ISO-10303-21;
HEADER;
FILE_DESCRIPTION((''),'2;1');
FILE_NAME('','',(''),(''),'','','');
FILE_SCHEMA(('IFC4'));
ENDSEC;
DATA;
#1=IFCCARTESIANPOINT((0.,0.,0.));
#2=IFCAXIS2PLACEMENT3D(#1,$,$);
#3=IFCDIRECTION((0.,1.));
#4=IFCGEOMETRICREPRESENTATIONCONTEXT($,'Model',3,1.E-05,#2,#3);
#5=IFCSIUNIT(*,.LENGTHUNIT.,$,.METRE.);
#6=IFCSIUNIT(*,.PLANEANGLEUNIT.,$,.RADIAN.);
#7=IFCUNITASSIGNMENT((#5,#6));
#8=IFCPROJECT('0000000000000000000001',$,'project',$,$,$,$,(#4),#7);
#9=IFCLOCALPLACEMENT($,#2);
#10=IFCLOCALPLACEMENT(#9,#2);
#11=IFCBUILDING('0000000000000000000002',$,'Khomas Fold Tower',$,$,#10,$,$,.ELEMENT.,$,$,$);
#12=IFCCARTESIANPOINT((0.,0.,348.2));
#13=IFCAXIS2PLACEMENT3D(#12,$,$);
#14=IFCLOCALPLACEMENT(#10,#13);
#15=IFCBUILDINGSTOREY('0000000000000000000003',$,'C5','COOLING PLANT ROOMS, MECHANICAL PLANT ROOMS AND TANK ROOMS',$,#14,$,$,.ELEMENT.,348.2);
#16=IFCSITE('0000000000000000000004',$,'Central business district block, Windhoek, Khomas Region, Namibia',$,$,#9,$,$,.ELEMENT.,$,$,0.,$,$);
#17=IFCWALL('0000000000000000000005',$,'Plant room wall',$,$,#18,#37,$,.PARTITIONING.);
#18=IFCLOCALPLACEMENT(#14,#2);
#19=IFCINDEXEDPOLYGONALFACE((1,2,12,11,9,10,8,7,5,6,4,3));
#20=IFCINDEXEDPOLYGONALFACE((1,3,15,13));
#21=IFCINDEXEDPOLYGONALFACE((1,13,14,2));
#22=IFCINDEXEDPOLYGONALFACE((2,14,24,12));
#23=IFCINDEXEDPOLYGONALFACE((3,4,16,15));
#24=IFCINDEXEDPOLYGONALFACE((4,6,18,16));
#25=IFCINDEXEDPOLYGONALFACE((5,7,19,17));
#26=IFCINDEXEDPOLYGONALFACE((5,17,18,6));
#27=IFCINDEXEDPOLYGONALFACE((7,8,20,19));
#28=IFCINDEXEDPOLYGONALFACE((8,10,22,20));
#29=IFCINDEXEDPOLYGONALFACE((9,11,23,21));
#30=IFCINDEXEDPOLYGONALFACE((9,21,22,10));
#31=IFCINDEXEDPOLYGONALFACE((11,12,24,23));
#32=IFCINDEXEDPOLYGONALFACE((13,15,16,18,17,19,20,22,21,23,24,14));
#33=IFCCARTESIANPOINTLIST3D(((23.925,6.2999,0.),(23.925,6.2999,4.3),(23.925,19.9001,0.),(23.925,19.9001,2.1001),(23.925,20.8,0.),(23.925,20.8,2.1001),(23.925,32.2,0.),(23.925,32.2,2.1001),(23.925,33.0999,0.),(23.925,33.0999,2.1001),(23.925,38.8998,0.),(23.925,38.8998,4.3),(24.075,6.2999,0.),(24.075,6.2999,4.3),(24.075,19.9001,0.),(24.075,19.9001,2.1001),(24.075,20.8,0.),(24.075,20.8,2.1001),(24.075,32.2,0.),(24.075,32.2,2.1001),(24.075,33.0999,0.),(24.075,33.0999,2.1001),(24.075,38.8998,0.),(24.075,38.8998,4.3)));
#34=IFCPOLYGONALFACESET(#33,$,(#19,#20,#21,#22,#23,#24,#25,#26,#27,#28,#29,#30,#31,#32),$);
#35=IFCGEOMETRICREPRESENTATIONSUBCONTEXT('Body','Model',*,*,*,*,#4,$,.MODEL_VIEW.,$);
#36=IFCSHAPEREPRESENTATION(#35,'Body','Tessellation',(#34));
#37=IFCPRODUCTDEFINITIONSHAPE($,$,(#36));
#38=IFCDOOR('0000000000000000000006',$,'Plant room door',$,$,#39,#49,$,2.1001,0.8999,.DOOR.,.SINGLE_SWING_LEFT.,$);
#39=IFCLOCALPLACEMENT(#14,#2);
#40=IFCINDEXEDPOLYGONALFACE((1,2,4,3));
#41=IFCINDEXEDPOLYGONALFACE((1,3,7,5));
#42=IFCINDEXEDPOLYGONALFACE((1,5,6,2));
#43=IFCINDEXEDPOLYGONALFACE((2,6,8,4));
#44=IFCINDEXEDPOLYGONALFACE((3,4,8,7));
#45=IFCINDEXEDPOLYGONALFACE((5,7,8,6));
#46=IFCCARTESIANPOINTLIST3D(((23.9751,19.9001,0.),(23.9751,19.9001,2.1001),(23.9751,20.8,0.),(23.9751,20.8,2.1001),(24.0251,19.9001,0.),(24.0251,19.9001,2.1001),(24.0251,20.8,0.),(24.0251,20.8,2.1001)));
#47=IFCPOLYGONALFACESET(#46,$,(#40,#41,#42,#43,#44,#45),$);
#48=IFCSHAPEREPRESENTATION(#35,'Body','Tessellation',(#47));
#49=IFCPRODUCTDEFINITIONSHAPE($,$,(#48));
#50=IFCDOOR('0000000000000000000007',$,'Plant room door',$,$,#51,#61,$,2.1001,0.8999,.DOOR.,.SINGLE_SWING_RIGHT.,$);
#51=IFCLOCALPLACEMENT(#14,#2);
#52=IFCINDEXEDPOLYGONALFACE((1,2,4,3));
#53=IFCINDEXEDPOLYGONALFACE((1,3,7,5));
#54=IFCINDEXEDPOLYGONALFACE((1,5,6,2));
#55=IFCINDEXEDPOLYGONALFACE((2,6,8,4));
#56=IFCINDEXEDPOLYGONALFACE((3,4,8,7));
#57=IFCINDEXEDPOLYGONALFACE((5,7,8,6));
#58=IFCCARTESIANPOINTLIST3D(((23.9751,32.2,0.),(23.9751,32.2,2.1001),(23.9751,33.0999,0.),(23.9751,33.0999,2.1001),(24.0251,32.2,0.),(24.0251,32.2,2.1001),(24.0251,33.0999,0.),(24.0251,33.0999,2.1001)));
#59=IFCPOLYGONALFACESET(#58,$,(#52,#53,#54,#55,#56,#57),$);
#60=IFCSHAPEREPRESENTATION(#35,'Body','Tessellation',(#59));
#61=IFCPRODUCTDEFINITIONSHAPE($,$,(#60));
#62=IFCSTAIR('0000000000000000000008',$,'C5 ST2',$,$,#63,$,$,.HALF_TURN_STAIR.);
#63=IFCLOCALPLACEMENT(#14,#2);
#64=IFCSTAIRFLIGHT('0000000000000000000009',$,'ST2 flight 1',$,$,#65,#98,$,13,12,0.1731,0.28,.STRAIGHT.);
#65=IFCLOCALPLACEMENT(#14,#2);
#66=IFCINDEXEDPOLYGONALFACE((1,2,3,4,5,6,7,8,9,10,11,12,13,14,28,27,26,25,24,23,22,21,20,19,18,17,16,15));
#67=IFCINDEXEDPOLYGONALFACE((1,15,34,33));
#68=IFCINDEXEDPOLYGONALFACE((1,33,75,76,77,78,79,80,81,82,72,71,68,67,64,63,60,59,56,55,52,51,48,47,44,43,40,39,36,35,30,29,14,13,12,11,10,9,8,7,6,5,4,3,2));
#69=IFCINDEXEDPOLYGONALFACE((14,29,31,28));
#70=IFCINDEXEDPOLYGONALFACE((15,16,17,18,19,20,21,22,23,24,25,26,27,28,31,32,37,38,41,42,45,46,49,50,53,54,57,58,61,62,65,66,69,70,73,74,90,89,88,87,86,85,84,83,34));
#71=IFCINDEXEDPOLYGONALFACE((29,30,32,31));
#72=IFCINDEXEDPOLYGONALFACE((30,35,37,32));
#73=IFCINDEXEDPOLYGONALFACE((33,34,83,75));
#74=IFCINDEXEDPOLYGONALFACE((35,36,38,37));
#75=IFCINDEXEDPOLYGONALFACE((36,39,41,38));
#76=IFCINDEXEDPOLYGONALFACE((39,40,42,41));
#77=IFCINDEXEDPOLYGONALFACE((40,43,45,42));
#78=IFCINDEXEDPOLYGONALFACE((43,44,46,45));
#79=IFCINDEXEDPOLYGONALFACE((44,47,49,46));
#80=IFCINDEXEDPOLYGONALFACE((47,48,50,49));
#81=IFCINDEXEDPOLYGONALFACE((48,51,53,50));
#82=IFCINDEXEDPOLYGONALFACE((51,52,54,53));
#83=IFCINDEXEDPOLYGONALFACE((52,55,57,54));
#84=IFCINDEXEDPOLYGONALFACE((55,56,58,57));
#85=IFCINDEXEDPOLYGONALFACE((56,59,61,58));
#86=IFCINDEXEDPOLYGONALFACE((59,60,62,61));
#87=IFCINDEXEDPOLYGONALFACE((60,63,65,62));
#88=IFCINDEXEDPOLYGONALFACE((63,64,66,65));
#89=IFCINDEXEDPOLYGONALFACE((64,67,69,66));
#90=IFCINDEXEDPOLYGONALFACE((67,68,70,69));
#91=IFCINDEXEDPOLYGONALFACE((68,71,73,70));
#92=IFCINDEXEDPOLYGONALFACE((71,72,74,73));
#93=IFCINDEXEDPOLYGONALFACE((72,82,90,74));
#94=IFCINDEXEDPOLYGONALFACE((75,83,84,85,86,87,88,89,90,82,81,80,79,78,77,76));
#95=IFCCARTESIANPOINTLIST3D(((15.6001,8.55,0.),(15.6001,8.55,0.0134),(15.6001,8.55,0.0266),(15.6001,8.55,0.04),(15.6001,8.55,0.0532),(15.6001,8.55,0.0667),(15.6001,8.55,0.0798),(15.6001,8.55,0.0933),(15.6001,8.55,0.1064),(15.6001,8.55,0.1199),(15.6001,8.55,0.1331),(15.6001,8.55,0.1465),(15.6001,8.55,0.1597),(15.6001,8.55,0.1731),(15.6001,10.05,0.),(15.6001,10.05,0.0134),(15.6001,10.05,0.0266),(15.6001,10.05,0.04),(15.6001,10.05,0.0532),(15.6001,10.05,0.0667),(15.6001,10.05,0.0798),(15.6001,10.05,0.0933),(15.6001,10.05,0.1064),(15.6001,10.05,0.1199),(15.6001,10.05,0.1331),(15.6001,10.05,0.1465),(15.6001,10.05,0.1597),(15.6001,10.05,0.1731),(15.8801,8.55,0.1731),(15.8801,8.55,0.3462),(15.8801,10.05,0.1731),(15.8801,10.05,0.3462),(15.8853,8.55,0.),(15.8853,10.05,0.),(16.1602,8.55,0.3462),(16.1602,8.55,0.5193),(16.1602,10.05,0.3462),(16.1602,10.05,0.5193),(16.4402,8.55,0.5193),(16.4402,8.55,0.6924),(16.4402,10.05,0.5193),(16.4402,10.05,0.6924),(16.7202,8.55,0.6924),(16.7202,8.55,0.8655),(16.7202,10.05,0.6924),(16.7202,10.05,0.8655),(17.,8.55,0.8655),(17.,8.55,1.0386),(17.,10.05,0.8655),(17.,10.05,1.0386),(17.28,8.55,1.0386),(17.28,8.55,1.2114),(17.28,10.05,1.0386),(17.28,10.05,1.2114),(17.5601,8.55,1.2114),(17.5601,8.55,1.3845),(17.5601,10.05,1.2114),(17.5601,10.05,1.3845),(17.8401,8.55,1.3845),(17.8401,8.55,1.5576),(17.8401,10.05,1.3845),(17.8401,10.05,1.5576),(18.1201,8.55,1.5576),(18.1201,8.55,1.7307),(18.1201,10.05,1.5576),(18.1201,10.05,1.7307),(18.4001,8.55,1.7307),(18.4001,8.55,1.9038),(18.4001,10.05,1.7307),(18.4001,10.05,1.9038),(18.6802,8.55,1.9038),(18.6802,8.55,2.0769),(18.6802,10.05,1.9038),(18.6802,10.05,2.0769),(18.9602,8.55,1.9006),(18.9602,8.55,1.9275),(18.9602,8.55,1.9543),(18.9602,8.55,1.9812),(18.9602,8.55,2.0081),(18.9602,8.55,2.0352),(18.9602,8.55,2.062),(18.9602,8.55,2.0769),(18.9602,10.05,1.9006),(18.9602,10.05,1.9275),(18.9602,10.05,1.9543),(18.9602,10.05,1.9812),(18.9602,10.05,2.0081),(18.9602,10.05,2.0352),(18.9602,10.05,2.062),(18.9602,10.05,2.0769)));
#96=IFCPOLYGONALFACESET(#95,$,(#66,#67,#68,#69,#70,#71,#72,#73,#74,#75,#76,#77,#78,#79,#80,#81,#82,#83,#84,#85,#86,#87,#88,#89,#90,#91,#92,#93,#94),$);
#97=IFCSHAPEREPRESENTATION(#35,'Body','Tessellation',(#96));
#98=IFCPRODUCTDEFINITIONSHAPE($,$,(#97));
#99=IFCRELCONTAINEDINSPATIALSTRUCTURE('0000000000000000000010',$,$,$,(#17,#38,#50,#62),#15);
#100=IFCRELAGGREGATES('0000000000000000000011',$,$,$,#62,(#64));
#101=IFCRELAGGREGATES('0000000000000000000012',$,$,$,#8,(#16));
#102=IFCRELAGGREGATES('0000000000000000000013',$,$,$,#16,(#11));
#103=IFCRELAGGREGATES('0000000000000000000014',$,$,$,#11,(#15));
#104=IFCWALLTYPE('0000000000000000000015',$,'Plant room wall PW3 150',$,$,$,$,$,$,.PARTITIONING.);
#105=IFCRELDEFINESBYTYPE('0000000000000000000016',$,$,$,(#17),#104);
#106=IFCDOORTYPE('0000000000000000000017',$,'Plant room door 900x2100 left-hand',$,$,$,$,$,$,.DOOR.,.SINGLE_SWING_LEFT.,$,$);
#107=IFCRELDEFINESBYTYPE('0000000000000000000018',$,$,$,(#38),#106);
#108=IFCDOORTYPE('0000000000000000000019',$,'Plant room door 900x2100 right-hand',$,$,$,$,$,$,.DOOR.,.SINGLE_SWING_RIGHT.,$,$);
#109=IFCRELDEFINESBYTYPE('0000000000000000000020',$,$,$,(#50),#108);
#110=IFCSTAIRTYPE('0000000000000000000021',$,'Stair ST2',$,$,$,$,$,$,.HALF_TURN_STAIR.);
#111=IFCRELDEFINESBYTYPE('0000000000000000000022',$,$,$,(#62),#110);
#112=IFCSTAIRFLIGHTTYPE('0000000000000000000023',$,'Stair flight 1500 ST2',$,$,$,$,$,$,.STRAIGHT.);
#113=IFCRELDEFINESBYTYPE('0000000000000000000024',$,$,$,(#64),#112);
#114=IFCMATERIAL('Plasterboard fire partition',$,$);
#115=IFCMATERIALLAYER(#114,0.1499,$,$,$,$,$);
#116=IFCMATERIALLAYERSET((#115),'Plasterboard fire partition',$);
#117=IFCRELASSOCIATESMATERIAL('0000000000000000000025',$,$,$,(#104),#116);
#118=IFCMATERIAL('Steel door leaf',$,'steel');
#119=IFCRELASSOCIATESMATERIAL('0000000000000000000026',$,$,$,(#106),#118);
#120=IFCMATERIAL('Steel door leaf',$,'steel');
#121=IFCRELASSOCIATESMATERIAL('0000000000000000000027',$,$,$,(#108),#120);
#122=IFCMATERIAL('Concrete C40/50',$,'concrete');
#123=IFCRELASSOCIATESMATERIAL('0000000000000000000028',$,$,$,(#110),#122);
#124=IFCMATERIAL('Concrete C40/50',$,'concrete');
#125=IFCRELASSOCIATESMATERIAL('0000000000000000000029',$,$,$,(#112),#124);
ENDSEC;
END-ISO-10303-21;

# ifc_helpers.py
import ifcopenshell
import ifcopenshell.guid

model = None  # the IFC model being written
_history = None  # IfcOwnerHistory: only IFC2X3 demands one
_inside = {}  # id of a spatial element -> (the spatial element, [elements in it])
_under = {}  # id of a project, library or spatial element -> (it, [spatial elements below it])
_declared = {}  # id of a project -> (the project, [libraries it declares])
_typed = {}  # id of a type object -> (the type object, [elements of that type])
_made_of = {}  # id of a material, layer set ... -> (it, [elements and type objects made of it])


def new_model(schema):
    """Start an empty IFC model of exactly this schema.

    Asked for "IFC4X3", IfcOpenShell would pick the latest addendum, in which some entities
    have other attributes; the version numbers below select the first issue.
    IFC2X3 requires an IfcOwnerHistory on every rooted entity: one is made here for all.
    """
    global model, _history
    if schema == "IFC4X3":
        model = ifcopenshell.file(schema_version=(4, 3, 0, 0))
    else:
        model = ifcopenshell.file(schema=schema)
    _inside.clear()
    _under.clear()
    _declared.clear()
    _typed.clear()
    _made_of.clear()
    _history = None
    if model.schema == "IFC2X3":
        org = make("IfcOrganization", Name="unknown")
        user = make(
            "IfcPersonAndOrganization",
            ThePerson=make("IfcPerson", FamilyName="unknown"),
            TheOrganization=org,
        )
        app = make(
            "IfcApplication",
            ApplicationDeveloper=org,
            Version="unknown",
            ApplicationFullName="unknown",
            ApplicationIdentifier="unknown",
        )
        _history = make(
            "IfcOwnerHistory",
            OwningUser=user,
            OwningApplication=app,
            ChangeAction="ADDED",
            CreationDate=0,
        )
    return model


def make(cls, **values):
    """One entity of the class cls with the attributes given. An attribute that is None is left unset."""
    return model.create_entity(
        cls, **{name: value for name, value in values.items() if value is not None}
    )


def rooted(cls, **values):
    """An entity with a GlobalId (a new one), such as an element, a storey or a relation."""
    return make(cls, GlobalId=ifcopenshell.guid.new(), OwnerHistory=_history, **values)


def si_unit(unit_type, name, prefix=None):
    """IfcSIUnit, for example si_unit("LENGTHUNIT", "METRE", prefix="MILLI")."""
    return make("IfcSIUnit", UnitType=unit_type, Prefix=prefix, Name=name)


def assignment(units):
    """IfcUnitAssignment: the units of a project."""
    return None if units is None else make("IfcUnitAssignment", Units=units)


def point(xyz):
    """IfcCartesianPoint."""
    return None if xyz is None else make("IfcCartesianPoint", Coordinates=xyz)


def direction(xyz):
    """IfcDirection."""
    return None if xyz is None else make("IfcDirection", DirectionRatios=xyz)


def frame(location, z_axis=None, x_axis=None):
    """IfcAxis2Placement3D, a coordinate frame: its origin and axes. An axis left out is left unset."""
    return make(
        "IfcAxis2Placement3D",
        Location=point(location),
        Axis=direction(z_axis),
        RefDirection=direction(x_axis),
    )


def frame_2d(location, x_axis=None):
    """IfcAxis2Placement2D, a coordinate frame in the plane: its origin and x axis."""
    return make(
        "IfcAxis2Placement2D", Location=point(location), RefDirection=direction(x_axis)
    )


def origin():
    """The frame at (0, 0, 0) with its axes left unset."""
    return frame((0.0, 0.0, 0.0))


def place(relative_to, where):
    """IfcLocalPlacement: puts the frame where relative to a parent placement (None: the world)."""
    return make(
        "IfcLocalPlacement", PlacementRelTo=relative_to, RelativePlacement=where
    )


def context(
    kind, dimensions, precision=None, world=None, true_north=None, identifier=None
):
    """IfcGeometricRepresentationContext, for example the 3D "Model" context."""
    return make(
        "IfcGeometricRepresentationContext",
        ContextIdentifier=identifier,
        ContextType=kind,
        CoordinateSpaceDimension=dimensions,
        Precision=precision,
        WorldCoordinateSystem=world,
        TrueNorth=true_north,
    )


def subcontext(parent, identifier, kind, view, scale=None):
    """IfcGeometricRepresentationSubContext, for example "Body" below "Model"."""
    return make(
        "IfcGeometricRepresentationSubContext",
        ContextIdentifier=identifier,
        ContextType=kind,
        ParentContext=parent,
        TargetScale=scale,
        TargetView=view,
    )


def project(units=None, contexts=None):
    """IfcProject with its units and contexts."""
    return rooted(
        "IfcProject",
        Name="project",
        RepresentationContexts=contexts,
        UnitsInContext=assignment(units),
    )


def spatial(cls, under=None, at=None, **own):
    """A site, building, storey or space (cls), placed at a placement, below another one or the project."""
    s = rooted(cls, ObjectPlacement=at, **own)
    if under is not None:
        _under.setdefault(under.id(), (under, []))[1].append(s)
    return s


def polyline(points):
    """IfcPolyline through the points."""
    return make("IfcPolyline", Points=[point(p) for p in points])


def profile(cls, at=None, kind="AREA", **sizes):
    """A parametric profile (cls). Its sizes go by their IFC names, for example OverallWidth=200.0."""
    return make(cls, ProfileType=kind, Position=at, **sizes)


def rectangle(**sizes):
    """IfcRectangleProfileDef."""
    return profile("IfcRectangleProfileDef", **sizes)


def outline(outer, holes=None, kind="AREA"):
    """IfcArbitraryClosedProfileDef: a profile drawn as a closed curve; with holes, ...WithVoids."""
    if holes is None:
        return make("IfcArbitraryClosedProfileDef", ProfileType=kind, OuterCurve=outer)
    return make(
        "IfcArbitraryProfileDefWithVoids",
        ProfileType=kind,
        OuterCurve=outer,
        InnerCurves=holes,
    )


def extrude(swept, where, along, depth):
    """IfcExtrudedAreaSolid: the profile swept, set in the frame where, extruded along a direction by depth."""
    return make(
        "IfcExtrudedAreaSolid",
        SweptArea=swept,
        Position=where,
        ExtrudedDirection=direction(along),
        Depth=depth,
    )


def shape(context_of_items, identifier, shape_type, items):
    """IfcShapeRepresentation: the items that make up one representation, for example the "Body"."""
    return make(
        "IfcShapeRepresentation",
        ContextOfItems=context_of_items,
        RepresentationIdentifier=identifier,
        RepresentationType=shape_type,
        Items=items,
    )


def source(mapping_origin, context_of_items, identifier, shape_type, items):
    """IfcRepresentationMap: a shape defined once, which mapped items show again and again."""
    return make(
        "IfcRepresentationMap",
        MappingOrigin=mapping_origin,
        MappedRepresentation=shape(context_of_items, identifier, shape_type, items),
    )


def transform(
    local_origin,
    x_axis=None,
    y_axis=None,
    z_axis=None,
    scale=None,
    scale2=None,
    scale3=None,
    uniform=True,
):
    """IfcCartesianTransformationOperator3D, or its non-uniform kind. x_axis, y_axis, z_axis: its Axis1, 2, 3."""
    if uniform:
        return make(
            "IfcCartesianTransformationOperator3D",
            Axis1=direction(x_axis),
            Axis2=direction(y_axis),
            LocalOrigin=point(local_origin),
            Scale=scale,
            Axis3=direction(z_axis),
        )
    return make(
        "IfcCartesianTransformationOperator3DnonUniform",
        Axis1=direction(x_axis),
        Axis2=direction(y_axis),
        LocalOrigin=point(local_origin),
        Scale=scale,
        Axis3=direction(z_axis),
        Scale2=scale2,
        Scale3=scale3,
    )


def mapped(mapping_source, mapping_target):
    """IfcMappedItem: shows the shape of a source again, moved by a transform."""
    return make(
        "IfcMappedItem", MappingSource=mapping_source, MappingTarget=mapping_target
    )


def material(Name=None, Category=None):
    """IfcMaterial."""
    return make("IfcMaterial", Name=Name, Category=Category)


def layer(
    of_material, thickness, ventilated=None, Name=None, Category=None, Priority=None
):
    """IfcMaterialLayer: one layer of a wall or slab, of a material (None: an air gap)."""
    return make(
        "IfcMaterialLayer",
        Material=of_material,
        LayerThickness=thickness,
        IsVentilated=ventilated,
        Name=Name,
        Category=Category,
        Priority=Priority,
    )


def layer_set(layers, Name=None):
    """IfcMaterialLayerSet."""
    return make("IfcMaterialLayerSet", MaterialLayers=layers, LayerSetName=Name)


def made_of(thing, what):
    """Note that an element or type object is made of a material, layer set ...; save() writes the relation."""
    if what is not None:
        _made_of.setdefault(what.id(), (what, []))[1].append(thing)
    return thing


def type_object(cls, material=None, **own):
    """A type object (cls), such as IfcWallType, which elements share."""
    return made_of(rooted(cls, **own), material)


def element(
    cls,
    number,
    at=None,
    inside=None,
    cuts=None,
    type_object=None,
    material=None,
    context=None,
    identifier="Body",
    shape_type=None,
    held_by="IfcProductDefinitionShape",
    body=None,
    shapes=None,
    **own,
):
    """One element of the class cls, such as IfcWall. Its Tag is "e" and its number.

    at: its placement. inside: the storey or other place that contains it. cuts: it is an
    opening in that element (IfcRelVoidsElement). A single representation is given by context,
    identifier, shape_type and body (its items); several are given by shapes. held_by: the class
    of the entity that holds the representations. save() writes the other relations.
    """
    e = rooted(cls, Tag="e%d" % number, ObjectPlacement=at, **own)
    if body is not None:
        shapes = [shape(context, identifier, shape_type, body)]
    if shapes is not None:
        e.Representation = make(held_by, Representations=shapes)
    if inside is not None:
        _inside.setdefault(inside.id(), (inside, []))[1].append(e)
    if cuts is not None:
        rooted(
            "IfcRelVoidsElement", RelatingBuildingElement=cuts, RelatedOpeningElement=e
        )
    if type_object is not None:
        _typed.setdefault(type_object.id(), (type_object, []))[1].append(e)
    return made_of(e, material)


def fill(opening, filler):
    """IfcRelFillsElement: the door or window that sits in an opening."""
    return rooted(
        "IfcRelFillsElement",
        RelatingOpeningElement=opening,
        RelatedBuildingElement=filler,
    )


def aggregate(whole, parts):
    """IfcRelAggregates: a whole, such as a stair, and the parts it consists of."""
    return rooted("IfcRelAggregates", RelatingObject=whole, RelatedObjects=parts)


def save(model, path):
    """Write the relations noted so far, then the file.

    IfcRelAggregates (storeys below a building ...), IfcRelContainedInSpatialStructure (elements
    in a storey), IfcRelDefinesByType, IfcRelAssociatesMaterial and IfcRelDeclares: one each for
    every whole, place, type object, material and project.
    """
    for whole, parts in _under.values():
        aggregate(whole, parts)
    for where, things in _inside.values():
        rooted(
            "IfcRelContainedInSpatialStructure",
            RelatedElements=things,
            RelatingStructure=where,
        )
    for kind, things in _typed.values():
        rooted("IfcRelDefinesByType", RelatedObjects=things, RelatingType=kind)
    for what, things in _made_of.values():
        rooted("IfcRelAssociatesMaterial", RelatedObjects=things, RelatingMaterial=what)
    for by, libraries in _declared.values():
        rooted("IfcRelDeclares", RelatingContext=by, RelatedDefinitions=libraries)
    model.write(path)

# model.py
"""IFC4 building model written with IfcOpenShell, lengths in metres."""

from ifc_helpers import new_model, si_unit, direction, frame, frame_2d, origin, place, context, subcontext, project, spatial, polyline, rectangle, outline, extrude, source, transform, mapped, material, layer, layer_set, type_object, element, fill, aggregate, save


model = new_model("IFC4")

# Units and contexts
model_context = context("Model", 3, precision=1e-05, world=origin(), true_north=direction((0.0, 1.0)))
body_context = subcontext(model_context, "Body", "Model", "MODEL_VIEW")
ifc_project = project(units=[si_unit("LENGTHUNIT", "METRE"), si_unit("PLANEANGLEUNIT", "RADIAN")], contexts=[model_context])

# Site, building, storey
site_placement = place(None, origin())
site = spatial("IfcSite", under=ifc_project, at=site_placement, Name="Central business district block, Windhoek, Khomas Region, Namibia", CompositionType="ELEMENT", RefElevation=0.0)
building_placement = place(site_placement, origin())
building = spatial("IfcBuilding", under=site, at=building_placement, Name="Khomas Fold Tower", CompositionType="ELEMENT")
storey_placement = place(building_placement, frame((0.0, 0.0, 348.2)))
storey = spatial("IfcBuildingStorey", under=building, at=storey_placement, Name="C5", Description="COOLING PLANT ROOMS, MECHANICAL PLANT ROOMS AND TANK ROOMS", CompositionType="ELEMENT", Elevation=348.2)

# Wall, openings, doors
ifc_material_1 = material(Name="Plasterboard fire partition")
ifc_layer_1 = layer(ifc_material_1, 0.1499)
ifc_layer_set_1 = layer_set([ifc_layer_1], Name="Plasterboard fire partition")
wall_type_1 = type_object("IfcWallType", Name="Plant room wall PW3 150", PredefinedType="PARTITIONING", material=ifc_layer_set_1)
shared_shape_1 = source(origin(), body_context, "Body", "SweptSolid", [
    extrude(rectangle(XDim=32.5999, YDim=0.1499, at=frame_2d((16.2998, 0.0))), origin(), (0.0, 0.0, 1.0), 4.3),
])
wall_1_placement = place(storey_placement, frame((24.0, 6.3, 0.0), z_axis=(0.0, 0.0, 1.0), x_axis=(0.0, 1.0, 0.0)))
wall_1 = element("IfcWall", 1, at=wall_1_placement, inside=storey, type_object=wall_type_1, Name="Plant room wall", PredefinedType="PARTITIONING", context=body_context, shape_type="MappedRepresentation", body=[
    mapped(shared_shape_1, transform((0.0, 0.0, 0.0))),
])
shared_shape_2 = source(origin(), body_context, "Body", "SweptSolid", [
    extrude(rectangle(XDim=0.8999, YDim=2.1001, at=frame_2d((0.45, 1.05))), frame((0.0, 0.085, 0.0), z_axis=(0.0, -1.0, 0.0), x_axis=(1.0, 0.0, 0.0)), (0.0, 0.0, 1.0), 0.1699),
])
opening_1_placement = place(wall_1_placement, frame((13.6001, 0.0, 0.0)))
opening_1 = element("IfcOpeningElement", 2, at=opening_1_placement, cuts=wall_1, PredefinedType="OPENING", context=body_context, shape_type="MappedRepresentation", body=[
    mapped(shared_shape_2, transform((0.0, 0.0, 0.0))),
])
opening_2_placement = place(wall_1_placement, frame((25.8999, 0.0, 0.0)))
opening_2 = element("IfcOpeningElement", 3, at=opening_2_placement, cuts=wall_1, PredefinedType="OPENING", context=body_context, shape_type="MappedRepresentation", body=[
    mapped(shared_shape_2, transform((0.0, 0.0, 0.0))),
])
ifc_material_2 = material(Name="Steel door leaf", Category="steel")
door_type_1 = type_object("IfcDoorType", Name="Plant room door 900x2100 left-hand", OperationType="SINGLE_SWING_LEFT", PredefinedType="DOOR", material=ifc_material_2)
shared_shape_3 = source(origin(), body_context, "Body", "SweptSolid", [
    extrude(rectangle(XDim=0.8999, YDim=2.1001, at=frame_2d((0.45, 1.05))), frame((0.0, 0.0249, 0.0), z_axis=(0.0, -1.0, 0.0), x_axis=(1.0, 0.0, 0.0)), (0.0, 0.0, 1.0), 0.05),
])
door_1_placement = place(opening_1_placement, origin())
door_1 = element("IfcDoor", 4, at=door_1_placement, inside=storey, type_object=door_type_1, Name="Plant room door", OperationType="SINGLE_SWING_LEFT", OverallHeight=2.1001, OverallWidth=0.8999, PredefinedType="DOOR", context=body_context, shape_type="MappedRepresentation", body=[
    mapped(shared_shape_3, transform((0.0, 0.0, 0.0))),
])
fill(opening_1, door_1)
ifc_material_3 = material(Name="Steel door leaf", Category="steel")
door_type_2 = type_object("IfcDoorType", Name="Plant room door 900x2100 right-hand", OperationType="SINGLE_SWING_RIGHT", PredefinedType="DOOR", material=ifc_material_3)
door_2_placement = place(opening_2_placement, origin())
door_2 = element("IfcDoor", 5, at=door_2_placement, inside=storey, type_object=door_type_2, Name="Plant room door", OperationType="SINGLE_SWING_RIGHT", OverallHeight=2.1001, OverallWidth=0.8999, PredefinedType="DOOR", context=body_context, shape_type="MappedRepresentation", body=[
    mapped(shared_shape_3, transform((0.0, 0.0, 0.0))),
])
fill(opening_2, door_2)

# Stair, stair flight
ifc_material_4 = material(Name="Concrete C40/50", Category="concrete")
stair_type = type_object("IfcStairType", Name="Stair ST2", PredefinedType="HALF_TURN_STAIR", material=ifc_material_4)
stair_placement = place(storey_placement, origin())
stair = element("IfcStair", 6, at=stair_placement, inside=storey, type_object=stair_type, Name="C5 ST2", PredefinedType="HALF_TURN_STAIR")
ifc_material_5 = material(Name="Concrete C40/50", Category="concrete")
stair_flight_type = type_object("IfcStairFlightType", Name="Stair flight 1500 ST2", PredefinedType="STRAIGHT", material=ifc_material_5)
shared_shape_4 = source(origin(), body_context, "Body", "SweptSolid", [
    extrude(outline(polyline([(0.0, 0.0), (0.0, 0.0134), (0.0, 0.0266), (0.0, 0.04), (0.0, 0.0532), (0.0, 0.0667), (0.0, 0.0798), (0.0, 0.0933), (0.0, 0.1064), (0.0, 0.1199), (0.0, 0.1331), (0.0, 0.1465), (0.0, 0.1597), (0.0, 0.1731), (0.28, 0.1731), (0.28, 0.3462), (0.5601, 0.3462), (0.5601, 0.5193), (0.8401, 0.5193), (0.8401, 0.6924), (1.1201, 0.6924), (1.1201, 0.8655), (1.3999, 0.8655), (1.3999, 1.0386), (1.6799, 1.0386), (1.6799, 1.2114), (1.96, 1.2114), (1.96, 1.3845), (2.24, 1.3845), (2.24, 1.5576), (2.52, 1.5576), (2.52, 1.7307), (2.8, 1.7307), (2.8, 1.9038), (3.0801, 1.9038), (3.0801, 2.0769), (3.3601, 2.0769), (3.3601, 2.25), (3.3601, 2.2231), (3.3601, 2.1963), (3.3601, 2.1694), (3.3601, 2.1426), (3.3601, 2.1157), (3.3601, 2.0889), (3.3601, 2.062), (3.3601, 2.0352), (3.3601, 2.0081), (3.3601, 1.9812), (3.3601, 1.9543), (3.3601, 1.9275), (3.3601, 1.9006), (0.2852, 0.0), (0.0, 0.0)])), frame((0.0, 0.75, 0.0), z_axis=(0.0, -1.0, 0.0), x_axis=(1.0, 0.0, 0.0)), (0.0, 0.0, 1.0), 1.5),
])
stair_flight_placement = place(storey_placement, frame((15.6001, 9.3, 0.0), z_axis=(0.0, 0.0, 1.0), x_axis=(1.0, 0.0, 0.0)))
stair_flight = element("IfcStairFlight", 7, at=stair_flight_placement, type_object=stair_flight_type, Name="ST2 flight 1", NumberOfRisers=13, NumberOfTreads=12, PredefinedType="STRAIGHT", RiserHeight=0.1731, TreadLength=0.28, context=body_context, shape_type="MappedRepresentation", body=[
    mapped(shared_shape_4, transform((0.0, 0.0, 0.0))),
])
aggregate(stair, [stair_flight])

save(model, "model.ifc")
